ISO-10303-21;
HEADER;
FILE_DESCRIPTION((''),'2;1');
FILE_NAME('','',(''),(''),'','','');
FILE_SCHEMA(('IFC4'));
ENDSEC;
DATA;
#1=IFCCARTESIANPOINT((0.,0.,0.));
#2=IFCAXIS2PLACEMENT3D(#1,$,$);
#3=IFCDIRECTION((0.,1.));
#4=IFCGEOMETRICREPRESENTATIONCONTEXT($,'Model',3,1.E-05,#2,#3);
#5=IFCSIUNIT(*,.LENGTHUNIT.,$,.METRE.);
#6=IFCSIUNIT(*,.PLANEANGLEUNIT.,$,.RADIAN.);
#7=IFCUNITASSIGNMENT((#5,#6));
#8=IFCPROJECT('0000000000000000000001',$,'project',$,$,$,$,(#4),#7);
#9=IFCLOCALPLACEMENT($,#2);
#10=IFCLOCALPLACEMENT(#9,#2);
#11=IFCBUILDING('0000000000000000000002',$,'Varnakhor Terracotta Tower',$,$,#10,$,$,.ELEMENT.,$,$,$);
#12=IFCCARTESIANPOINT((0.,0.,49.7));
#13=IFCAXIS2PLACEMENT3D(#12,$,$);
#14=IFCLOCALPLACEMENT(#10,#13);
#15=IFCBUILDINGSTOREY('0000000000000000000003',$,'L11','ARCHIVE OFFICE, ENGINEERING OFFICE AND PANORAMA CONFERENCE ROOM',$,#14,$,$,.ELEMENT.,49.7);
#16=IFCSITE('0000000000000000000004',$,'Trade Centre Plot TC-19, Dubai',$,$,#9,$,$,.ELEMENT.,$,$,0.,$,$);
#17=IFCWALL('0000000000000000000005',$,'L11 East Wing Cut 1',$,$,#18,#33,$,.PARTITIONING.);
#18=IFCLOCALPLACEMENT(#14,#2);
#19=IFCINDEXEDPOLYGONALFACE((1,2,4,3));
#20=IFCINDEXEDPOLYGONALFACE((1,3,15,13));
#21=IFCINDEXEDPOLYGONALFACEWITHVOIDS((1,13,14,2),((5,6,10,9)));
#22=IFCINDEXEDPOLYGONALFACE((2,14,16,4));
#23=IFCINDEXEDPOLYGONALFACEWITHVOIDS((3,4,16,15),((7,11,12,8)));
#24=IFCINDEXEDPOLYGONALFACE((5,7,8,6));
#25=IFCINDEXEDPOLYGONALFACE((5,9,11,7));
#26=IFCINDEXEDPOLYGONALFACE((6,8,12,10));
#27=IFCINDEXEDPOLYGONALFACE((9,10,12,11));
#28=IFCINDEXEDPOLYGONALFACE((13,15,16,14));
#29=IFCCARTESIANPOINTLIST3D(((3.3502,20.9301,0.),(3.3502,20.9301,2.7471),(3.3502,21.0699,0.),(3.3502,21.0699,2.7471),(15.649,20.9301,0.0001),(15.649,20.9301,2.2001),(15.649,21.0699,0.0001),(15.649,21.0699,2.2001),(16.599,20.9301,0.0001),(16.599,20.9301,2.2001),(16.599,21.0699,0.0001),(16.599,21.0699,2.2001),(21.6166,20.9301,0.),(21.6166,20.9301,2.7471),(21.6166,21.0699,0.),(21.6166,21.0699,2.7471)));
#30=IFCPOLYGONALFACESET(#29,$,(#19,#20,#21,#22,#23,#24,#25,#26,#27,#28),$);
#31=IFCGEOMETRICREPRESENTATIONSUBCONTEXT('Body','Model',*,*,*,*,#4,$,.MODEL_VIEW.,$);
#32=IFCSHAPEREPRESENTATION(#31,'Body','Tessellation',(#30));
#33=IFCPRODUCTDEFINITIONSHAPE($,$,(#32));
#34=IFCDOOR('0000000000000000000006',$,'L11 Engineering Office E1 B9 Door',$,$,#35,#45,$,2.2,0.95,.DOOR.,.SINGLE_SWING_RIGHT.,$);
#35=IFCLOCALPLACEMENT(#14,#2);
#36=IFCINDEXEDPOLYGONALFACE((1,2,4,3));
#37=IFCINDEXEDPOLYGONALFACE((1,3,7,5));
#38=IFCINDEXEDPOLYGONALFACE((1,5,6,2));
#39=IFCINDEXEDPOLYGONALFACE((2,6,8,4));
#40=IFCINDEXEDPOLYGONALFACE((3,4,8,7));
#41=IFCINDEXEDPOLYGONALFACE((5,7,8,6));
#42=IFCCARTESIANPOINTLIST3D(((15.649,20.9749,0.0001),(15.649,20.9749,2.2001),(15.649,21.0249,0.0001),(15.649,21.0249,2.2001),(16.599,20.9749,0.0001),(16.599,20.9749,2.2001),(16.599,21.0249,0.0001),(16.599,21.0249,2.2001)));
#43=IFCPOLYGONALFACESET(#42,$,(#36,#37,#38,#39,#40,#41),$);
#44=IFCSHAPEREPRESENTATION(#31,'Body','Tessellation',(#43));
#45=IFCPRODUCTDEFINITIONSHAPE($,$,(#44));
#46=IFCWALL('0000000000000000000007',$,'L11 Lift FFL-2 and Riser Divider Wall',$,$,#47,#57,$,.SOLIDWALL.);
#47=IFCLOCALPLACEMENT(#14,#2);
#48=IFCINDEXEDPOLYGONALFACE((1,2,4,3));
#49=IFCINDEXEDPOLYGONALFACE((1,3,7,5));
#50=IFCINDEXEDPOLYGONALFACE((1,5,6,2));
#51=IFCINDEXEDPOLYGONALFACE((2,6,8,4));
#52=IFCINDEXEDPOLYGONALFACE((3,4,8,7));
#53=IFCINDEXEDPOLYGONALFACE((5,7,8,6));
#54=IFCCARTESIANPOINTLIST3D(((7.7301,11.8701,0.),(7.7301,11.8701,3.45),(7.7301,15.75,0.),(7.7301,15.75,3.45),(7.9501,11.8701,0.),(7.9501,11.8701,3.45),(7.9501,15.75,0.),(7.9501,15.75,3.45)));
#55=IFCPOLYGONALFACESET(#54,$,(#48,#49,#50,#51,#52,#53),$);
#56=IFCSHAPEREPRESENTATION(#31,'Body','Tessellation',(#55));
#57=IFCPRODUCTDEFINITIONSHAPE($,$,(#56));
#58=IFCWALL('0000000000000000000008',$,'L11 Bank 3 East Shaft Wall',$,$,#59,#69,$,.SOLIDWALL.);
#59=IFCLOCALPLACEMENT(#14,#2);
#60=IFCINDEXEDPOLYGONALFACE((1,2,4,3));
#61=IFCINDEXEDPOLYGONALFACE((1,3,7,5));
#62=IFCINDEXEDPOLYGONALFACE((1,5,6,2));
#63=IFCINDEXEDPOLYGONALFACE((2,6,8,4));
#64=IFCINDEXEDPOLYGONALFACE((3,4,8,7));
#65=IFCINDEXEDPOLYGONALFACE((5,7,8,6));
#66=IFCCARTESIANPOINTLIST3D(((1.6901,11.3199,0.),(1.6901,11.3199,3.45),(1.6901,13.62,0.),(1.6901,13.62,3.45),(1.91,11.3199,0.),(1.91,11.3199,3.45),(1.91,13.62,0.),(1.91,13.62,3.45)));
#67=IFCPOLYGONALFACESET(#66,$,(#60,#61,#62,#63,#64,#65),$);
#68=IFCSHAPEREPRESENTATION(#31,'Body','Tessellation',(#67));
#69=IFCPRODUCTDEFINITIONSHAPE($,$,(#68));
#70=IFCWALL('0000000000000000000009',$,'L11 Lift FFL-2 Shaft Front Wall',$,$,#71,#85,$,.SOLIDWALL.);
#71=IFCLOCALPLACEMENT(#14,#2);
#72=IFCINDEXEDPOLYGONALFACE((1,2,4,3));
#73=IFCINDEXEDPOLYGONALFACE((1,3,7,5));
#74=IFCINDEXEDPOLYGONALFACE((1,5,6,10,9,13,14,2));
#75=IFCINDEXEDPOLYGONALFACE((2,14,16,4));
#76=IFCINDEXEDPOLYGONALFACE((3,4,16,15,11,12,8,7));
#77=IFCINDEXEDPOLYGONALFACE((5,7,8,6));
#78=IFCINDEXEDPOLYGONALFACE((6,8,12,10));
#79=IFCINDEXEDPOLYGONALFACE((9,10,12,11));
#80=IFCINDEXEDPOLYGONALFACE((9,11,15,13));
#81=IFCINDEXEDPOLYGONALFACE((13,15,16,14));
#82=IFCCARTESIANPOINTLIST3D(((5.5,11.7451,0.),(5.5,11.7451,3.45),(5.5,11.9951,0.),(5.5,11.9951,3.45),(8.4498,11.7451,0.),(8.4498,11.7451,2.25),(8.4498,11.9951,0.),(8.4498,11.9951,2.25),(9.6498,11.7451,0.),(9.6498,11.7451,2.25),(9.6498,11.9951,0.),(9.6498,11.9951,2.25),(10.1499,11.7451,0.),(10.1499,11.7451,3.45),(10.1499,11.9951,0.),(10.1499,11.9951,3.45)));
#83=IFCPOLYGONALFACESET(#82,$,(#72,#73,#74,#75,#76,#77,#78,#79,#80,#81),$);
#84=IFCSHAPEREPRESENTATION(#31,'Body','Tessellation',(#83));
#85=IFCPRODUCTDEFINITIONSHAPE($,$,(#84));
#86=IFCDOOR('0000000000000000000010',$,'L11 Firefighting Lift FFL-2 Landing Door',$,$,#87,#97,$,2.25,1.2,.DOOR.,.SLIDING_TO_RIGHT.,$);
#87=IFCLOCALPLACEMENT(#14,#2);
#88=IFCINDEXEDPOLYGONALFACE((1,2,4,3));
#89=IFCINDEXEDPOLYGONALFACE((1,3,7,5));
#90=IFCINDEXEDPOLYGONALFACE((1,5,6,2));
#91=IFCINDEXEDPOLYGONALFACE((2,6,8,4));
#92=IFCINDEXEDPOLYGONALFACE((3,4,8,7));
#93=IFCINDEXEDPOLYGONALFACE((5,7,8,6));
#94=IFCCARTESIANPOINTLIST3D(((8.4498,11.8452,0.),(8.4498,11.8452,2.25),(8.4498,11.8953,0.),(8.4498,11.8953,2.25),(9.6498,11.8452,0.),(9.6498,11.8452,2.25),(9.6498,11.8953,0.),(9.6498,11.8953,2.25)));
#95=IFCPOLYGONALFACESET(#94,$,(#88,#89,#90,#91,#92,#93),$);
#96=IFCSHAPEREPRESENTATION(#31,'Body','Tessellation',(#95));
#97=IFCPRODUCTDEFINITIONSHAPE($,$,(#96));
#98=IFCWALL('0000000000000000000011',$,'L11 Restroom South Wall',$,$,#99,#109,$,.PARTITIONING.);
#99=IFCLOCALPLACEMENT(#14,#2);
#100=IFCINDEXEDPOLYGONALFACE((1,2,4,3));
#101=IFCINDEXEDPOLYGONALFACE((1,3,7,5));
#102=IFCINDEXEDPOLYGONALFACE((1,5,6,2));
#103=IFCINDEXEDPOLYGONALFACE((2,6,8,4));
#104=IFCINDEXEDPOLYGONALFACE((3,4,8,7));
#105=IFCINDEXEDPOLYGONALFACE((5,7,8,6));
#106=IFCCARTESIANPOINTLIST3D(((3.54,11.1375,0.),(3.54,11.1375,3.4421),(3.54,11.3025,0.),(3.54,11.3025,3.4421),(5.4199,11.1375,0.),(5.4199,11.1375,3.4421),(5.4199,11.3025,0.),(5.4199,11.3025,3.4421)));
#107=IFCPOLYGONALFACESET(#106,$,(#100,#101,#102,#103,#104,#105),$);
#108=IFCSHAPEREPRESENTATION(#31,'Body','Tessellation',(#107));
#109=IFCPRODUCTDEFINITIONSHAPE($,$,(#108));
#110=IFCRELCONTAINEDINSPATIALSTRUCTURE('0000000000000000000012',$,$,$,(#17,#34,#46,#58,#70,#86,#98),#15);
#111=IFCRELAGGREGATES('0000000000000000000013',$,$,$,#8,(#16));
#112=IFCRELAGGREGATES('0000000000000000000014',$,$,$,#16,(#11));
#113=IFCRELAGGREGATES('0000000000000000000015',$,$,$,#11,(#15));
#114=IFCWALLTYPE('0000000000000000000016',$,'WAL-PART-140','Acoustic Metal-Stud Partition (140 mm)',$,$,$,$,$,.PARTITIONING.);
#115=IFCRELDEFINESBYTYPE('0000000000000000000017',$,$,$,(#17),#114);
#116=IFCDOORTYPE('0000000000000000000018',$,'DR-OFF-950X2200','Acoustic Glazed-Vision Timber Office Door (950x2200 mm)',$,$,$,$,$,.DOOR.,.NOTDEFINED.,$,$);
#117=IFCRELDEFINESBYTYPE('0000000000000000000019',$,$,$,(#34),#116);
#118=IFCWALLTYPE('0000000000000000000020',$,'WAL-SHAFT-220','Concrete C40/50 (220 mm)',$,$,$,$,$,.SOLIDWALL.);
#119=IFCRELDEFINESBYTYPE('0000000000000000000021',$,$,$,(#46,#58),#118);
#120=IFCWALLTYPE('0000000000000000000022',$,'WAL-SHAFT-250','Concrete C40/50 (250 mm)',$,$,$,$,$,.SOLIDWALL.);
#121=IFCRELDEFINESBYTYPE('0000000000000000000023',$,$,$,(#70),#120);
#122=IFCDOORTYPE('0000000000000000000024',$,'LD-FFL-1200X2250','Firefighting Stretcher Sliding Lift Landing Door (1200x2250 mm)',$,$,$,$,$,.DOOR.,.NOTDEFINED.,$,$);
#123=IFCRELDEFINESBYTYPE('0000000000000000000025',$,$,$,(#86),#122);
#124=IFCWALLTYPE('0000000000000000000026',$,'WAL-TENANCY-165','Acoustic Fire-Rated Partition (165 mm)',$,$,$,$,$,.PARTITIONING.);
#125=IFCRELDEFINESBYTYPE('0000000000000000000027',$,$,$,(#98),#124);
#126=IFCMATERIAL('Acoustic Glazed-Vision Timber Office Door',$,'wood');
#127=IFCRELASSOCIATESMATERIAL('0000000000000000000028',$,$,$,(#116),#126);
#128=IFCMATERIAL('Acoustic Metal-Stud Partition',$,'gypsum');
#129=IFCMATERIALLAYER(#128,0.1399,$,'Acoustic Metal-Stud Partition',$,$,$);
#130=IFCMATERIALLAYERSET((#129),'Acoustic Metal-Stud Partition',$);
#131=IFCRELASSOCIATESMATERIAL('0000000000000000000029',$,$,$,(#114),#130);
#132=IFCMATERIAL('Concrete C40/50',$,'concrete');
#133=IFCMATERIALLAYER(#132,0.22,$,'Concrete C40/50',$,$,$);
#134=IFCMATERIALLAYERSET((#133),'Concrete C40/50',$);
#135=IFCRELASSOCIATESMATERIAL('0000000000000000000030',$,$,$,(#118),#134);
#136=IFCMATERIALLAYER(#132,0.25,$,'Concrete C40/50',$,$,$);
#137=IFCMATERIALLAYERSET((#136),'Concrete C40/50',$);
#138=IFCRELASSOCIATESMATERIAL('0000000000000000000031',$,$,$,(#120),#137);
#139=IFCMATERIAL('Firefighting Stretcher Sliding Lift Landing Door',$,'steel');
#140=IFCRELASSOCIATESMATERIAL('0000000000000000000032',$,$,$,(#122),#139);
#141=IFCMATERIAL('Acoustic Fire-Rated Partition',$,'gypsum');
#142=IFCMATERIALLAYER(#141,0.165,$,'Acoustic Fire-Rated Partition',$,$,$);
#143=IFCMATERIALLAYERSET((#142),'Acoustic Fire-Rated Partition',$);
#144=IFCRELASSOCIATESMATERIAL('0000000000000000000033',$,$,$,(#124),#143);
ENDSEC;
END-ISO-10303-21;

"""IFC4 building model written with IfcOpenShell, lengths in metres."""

from ifc_helpers import new_model, si_unit, direction, frame, frame_2d, origin, place, context, subcontext, project, spatial, rectangle, extrude, source, transform, mapped, material, layer, layer_set, type_object, type_shapes, element, fill, save


model = new_model("IFC4")

# Units and contexts
model_context = context("Model", 3, precision=1e-05, world=origin(), true_north=direction((0.0, 1.0)))
body_context = subcontext(model_context, "Body", "Model", "MODEL_VIEW")
ifc_project = project(units=[si_unit("LENGTHUNIT", "METRE"), si_unit("PLANEANGLEUNIT", "RADIAN")], contexts=[model_context])

# Site, building, storey
site_placement = place(None, origin())
site = spatial("IfcSite", under=ifc_project, at=site_placement, Name="Trade Centre Plot TC-19, Dubai", CompositionType="ELEMENT", RefElevation=0.0)
building_placement = place(site_placement, origin())
building = spatial("IfcBuilding", under=site, at=building_placement, Name="Varnakhor Terracotta Tower", CompositionType="ELEMENT")
storey_placement = place(building_placement, frame((0.0, 0.0, 49.7)))
storey = spatial("IfcBuildingStorey", under=building, at=storey_placement, Name="L11", Description="ARCHIVE OFFICE, ENGINEERING OFFICE AND PANORAMA CONFERENCE ROOM", CompositionType="ELEMENT", Elevation=49.7)

# Shared definitions
ifc_material_1 = material(Name="Acoustic Glazed-Vision Timber Office Door", Category="wood")
door_type_1 = type_object("IfcDoorType", Name="DR-OFF-950X2200", Description="Acoustic Glazed-Vision Timber Office Door (950x2200 mm)", OperationType="NOTDEFINED", PredefinedType="DOOR", material=ifc_material_1)
shared_shape_1 = source(origin(), body_context, "Body", "SweptSolid", [
    extrude(rectangle(XDim=0.95, YDim=2.2, at=frame_2d((0.4751, 1.1001))), frame((0.0, 0.0249, 0.0), z_axis=(0.0, -1.0, 0.0), x_axis=(1.0, 0.0, 0.0)), (0.0, 0.0, 1.0), 0.05),
])
type_shapes(door_type_1, [shared_shape_1])

# Wall, opening, door
ifc_material_2 = material(Name="Acoustic Metal-Stud Partition", Category="gypsum")
ifc_layer_1 = layer(ifc_material_2, 0.1399, Name="Acoustic Metal-Stud Partition")
ifc_layer_set_1 = layer_set([ifc_layer_1], Name="Acoustic Metal-Stud Partition")
wall_type_1 = type_object("IfcWallType", Name="WAL-PART-140", Description="Acoustic Metal-Stud Partition (140 mm)", PredefinedType="PARTITIONING", material=ifc_layer_set_1)
wall_1_placement = place(storey_placement, frame((3.3501, 21.0, 0.0), z_axis=(0.0, 0.0, 1.0), x_axis=(1.0, 0.0, 0.0)))
wall_1 = element("IfcWall", 1, at=wall_1_placement, inside=storey, type_object=wall_type_1, Name="L11 East Wing Cut 1", PredefinedType="PARTITIONING", context=body_context, shape_type="SweptSolid", body=[
    extrude(rectangle(XDim=18.2664, YDim=0.1399, at=frame_2d((9.1333, 0.0))), origin(), (0.0, 0.0, 1.0), 2.7471),
])
opening_1_placement = place(wall_1_placement, frame((12.2988, 0.0, 0.0)))
opening_1 = element("IfcOpeningElement", 2, at=opening_1_placement, cuts=wall_1, PredefinedType="OPENING", context=body_context, shape_type="SweptSolid", body=[
    extrude(rectangle(XDim=0.95, YDim=2.2, at=frame_2d((0.4751, 1.1001))), frame((0.0, 0.0801, 0.0), z_axis=(0.0, -1.0, 0.0), x_axis=(1.0, 0.0, 0.0)), (0.0, 0.0, 1.0), 0.1599),
])
door_1_placement = place(opening_1_placement, origin())
door_1 = element("IfcDoor", 3, at=door_1_placement, inside=storey, type_object=door_type_1, Name="L11 Engineering Office E1 B9 Door", OperationType="SINGLE_SWING_RIGHT", OverallHeight=2.2, OverallWidth=0.95, PredefinedType="DOOR", context=body_context, shape_type="MappedRepresentation", body=[
    mapped(shared_shape_1, transform((0.0, 0.0, 0.0), scale=1.0)),
])
fill(opening_1, door_1)

# Walls
ifc_material_3 = material(Name="Concrete C40/50", Category="concrete")
ifc_layer_2 = layer(ifc_material_3, 0.22, Name="Concrete C40/50")
ifc_layer_set_2 = layer_set([ifc_layer_2], Name="Concrete C40/50")
wall_type_2 = type_object("IfcWallType", Name="WAL-SHAFT-220", Description="Concrete C40/50 (220 mm)", PredefinedType="SOLIDWALL", material=ifc_layer_set_2)
wall_2_placement = place(storey_placement, frame((7.8401, 11.8701, 0.0), z_axis=(0.0, 0.0, 1.0), x_axis=(0.0, 1.0, 0.0)))
element("IfcWall", 4, at=wall_2_placement, inside=storey, type_object=wall_type_2, Name="L11 Lift FFL-2 and Riser Divider Wall", PredefinedType="SOLIDWALL", context=body_context, shape_type="SweptSolid", body=[
    extrude(rectangle(XDim=3.8799, YDim=0.22, at=frame_2d((1.9399, 0.0))), origin(), (0.0, 0.0, 1.0), 3.45),
])
wall_3_placement = place(storey_placement, frame((1.8, 11.3201, 0.0), z_axis=(0.0, 0.0, 1.0), x_axis=(0.0, 1.0, 0.0)))
element("IfcWall", 5, at=wall_3_placement, inside=storey, type_object=wall_type_2, Name="L11 Bank 3 East Shaft Wall", PredefinedType="SOLIDWALL", context=body_context, shape_type="SweptSolid", body=[
    extrude(rectangle(XDim=2.3, YDim=0.22, at=frame_2d((1.1499, 0.0))), origin(), (0.0, 0.0, 1.0), 3.45),
])

# Wall, opening, door
ifc_layer_3 = layer(ifc_material_3, 0.25, Name="Concrete C40/50")
ifc_layer_set_3 = layer_set([ifc_layer_3], Name="Concrete C40/50")
wall_type_3 = type_object("IfcWallType", Name="WAL-SHAFT-250", Description="Concrete C40/50 (250 mm)", PredefinedType="SOLIDWALL", material=ifc_layer_set_3)
wall_4_placement = place(storey_placement, frame((10.1499, 11.8701, 0.0), z_axis=(0.0, 0.0, 1.0), x_axis=(-1.0, 0.0, 0.0)))
wall_4 = element("IfcWall", 6, at=wall_4_placement, inside=storey, type_object=wall_type_3, Name="L11 Lift FFL-2 Shaft Front Wall", PredefinedType="SOLIDWALL", context=body_context, shape_type="SweptSolid", body=[
    extrude(rectangle(XDim=4.6499, YDim=0.25, at=frame_2d((2.325, 0.0))), origin(), (0.0, 0.0, 1.0), 3.45),
])
opening_2_placement = place(wall_4_placement, frame((0.5, 0.0, 0.0)))
opening_2 = element("IfcOpeningElement", 7, at=opening_2_placement, cuts=wall_4, PredefinedType="OPENING", context=body_context, shape_type="SweptSolid", body=[
    extrude(rectangle(XDim=1.2, YDim=2.25, at=frame_2d((0.6001, 1.125))), frame((0.0, 0.135, 0.0), z_axis=(0.0, -1.0, 0.0), x_axis=(1.0, 0.0, 0.0)), (0.0, 0.0, 1.0), 0.27),
])
ifc_material_4 = material(Name="Firefighting Stretcher Sliding Lift Landing Door", Category="steel")
door_type_2 = type_object("IfcDoorType", Name="LD-FFL-1200X2250", Description="Firefighting Stretcher Sliding Lift Landing Door (1200x2250 mm)", OperationType="NOTDEFINED", PredefinedType="DOOR", material=ifc_material_4)
shared_shape_2 = source(origin(), body_context, "Body", "SweptSolid", [
    extrude(rectangle(XDim=1.2, YDim=2.25, at=frame_2d((0.6001, 1.125))), frame((0.0, 0.0249, 0.0), z_axis=(0.0, -1.0, 0.0), x_axis=(1.0, 0.0, 0.0)), (0.0, 0.0, 1.0), 0.05),
])
type_shapes(door_type_2, [shared_shape_2])
door_2_placement = place(opening_2_placement, origin())
door_2 = element("IfcDoor", 8, at=door_2_placement, inside=storey, type_object=door_type_2, Name="L11 Firefighting Lift FFL-2 Landing Door", OperationType="SLIDING_TO_RIGHT", OverallHeight=2.25, OverallWidth=1.2, PredefinedType="DOOR", context=body_context, shape_type="MappedRepresentation", body=[
    mapped(shared_shape_2, transform((0.0, 0.0, 0.0), scale=1.0)),
])
fill(opening_2, door_2)

# Wall
ifc_material_5 = material(Name="Acoustic Fire-Rated Partition", Category="gypsum")
ifc_layer_4 = layer(ifc_material_5, 0.165, Name="Acoustic Fire-Rated Partition")
ifc_layer_set_4 = layer_set([ifc_layer_4], Name="Acoustic Fire-Rated Partition")
wall_type_4 = type_object("IfcWallType", Name="WAL-TENANCY-165", Description="Acoustic Fire-Rated Partition (165 mm)", PredefinedType="PARTITIONING", material=ifc_layer_set_4)
wall_5_placement = place(storey_placement, frame((3.54, 11.22, 0.0), z_axis=(0.0, 0.0, 1.0), x_axis=(1.0, 0.0, 0.0)))
element("IfcWall", 9, at=wall_5_placement, inside=storey, type_object=wall_type_4, Name="L11 Restroom South Wall", PredefinedType="PARTITIONING", context=body_context, shape_type="SweptSolid", body=[
    extrude(rectangle(XDim=1.8799, YDim=0.165, at=frame_2d((0.9399, 0.0))), origin(), (0.0, 0.0, 1.0), 3.4421),
])

save(model, "model.ifc")
